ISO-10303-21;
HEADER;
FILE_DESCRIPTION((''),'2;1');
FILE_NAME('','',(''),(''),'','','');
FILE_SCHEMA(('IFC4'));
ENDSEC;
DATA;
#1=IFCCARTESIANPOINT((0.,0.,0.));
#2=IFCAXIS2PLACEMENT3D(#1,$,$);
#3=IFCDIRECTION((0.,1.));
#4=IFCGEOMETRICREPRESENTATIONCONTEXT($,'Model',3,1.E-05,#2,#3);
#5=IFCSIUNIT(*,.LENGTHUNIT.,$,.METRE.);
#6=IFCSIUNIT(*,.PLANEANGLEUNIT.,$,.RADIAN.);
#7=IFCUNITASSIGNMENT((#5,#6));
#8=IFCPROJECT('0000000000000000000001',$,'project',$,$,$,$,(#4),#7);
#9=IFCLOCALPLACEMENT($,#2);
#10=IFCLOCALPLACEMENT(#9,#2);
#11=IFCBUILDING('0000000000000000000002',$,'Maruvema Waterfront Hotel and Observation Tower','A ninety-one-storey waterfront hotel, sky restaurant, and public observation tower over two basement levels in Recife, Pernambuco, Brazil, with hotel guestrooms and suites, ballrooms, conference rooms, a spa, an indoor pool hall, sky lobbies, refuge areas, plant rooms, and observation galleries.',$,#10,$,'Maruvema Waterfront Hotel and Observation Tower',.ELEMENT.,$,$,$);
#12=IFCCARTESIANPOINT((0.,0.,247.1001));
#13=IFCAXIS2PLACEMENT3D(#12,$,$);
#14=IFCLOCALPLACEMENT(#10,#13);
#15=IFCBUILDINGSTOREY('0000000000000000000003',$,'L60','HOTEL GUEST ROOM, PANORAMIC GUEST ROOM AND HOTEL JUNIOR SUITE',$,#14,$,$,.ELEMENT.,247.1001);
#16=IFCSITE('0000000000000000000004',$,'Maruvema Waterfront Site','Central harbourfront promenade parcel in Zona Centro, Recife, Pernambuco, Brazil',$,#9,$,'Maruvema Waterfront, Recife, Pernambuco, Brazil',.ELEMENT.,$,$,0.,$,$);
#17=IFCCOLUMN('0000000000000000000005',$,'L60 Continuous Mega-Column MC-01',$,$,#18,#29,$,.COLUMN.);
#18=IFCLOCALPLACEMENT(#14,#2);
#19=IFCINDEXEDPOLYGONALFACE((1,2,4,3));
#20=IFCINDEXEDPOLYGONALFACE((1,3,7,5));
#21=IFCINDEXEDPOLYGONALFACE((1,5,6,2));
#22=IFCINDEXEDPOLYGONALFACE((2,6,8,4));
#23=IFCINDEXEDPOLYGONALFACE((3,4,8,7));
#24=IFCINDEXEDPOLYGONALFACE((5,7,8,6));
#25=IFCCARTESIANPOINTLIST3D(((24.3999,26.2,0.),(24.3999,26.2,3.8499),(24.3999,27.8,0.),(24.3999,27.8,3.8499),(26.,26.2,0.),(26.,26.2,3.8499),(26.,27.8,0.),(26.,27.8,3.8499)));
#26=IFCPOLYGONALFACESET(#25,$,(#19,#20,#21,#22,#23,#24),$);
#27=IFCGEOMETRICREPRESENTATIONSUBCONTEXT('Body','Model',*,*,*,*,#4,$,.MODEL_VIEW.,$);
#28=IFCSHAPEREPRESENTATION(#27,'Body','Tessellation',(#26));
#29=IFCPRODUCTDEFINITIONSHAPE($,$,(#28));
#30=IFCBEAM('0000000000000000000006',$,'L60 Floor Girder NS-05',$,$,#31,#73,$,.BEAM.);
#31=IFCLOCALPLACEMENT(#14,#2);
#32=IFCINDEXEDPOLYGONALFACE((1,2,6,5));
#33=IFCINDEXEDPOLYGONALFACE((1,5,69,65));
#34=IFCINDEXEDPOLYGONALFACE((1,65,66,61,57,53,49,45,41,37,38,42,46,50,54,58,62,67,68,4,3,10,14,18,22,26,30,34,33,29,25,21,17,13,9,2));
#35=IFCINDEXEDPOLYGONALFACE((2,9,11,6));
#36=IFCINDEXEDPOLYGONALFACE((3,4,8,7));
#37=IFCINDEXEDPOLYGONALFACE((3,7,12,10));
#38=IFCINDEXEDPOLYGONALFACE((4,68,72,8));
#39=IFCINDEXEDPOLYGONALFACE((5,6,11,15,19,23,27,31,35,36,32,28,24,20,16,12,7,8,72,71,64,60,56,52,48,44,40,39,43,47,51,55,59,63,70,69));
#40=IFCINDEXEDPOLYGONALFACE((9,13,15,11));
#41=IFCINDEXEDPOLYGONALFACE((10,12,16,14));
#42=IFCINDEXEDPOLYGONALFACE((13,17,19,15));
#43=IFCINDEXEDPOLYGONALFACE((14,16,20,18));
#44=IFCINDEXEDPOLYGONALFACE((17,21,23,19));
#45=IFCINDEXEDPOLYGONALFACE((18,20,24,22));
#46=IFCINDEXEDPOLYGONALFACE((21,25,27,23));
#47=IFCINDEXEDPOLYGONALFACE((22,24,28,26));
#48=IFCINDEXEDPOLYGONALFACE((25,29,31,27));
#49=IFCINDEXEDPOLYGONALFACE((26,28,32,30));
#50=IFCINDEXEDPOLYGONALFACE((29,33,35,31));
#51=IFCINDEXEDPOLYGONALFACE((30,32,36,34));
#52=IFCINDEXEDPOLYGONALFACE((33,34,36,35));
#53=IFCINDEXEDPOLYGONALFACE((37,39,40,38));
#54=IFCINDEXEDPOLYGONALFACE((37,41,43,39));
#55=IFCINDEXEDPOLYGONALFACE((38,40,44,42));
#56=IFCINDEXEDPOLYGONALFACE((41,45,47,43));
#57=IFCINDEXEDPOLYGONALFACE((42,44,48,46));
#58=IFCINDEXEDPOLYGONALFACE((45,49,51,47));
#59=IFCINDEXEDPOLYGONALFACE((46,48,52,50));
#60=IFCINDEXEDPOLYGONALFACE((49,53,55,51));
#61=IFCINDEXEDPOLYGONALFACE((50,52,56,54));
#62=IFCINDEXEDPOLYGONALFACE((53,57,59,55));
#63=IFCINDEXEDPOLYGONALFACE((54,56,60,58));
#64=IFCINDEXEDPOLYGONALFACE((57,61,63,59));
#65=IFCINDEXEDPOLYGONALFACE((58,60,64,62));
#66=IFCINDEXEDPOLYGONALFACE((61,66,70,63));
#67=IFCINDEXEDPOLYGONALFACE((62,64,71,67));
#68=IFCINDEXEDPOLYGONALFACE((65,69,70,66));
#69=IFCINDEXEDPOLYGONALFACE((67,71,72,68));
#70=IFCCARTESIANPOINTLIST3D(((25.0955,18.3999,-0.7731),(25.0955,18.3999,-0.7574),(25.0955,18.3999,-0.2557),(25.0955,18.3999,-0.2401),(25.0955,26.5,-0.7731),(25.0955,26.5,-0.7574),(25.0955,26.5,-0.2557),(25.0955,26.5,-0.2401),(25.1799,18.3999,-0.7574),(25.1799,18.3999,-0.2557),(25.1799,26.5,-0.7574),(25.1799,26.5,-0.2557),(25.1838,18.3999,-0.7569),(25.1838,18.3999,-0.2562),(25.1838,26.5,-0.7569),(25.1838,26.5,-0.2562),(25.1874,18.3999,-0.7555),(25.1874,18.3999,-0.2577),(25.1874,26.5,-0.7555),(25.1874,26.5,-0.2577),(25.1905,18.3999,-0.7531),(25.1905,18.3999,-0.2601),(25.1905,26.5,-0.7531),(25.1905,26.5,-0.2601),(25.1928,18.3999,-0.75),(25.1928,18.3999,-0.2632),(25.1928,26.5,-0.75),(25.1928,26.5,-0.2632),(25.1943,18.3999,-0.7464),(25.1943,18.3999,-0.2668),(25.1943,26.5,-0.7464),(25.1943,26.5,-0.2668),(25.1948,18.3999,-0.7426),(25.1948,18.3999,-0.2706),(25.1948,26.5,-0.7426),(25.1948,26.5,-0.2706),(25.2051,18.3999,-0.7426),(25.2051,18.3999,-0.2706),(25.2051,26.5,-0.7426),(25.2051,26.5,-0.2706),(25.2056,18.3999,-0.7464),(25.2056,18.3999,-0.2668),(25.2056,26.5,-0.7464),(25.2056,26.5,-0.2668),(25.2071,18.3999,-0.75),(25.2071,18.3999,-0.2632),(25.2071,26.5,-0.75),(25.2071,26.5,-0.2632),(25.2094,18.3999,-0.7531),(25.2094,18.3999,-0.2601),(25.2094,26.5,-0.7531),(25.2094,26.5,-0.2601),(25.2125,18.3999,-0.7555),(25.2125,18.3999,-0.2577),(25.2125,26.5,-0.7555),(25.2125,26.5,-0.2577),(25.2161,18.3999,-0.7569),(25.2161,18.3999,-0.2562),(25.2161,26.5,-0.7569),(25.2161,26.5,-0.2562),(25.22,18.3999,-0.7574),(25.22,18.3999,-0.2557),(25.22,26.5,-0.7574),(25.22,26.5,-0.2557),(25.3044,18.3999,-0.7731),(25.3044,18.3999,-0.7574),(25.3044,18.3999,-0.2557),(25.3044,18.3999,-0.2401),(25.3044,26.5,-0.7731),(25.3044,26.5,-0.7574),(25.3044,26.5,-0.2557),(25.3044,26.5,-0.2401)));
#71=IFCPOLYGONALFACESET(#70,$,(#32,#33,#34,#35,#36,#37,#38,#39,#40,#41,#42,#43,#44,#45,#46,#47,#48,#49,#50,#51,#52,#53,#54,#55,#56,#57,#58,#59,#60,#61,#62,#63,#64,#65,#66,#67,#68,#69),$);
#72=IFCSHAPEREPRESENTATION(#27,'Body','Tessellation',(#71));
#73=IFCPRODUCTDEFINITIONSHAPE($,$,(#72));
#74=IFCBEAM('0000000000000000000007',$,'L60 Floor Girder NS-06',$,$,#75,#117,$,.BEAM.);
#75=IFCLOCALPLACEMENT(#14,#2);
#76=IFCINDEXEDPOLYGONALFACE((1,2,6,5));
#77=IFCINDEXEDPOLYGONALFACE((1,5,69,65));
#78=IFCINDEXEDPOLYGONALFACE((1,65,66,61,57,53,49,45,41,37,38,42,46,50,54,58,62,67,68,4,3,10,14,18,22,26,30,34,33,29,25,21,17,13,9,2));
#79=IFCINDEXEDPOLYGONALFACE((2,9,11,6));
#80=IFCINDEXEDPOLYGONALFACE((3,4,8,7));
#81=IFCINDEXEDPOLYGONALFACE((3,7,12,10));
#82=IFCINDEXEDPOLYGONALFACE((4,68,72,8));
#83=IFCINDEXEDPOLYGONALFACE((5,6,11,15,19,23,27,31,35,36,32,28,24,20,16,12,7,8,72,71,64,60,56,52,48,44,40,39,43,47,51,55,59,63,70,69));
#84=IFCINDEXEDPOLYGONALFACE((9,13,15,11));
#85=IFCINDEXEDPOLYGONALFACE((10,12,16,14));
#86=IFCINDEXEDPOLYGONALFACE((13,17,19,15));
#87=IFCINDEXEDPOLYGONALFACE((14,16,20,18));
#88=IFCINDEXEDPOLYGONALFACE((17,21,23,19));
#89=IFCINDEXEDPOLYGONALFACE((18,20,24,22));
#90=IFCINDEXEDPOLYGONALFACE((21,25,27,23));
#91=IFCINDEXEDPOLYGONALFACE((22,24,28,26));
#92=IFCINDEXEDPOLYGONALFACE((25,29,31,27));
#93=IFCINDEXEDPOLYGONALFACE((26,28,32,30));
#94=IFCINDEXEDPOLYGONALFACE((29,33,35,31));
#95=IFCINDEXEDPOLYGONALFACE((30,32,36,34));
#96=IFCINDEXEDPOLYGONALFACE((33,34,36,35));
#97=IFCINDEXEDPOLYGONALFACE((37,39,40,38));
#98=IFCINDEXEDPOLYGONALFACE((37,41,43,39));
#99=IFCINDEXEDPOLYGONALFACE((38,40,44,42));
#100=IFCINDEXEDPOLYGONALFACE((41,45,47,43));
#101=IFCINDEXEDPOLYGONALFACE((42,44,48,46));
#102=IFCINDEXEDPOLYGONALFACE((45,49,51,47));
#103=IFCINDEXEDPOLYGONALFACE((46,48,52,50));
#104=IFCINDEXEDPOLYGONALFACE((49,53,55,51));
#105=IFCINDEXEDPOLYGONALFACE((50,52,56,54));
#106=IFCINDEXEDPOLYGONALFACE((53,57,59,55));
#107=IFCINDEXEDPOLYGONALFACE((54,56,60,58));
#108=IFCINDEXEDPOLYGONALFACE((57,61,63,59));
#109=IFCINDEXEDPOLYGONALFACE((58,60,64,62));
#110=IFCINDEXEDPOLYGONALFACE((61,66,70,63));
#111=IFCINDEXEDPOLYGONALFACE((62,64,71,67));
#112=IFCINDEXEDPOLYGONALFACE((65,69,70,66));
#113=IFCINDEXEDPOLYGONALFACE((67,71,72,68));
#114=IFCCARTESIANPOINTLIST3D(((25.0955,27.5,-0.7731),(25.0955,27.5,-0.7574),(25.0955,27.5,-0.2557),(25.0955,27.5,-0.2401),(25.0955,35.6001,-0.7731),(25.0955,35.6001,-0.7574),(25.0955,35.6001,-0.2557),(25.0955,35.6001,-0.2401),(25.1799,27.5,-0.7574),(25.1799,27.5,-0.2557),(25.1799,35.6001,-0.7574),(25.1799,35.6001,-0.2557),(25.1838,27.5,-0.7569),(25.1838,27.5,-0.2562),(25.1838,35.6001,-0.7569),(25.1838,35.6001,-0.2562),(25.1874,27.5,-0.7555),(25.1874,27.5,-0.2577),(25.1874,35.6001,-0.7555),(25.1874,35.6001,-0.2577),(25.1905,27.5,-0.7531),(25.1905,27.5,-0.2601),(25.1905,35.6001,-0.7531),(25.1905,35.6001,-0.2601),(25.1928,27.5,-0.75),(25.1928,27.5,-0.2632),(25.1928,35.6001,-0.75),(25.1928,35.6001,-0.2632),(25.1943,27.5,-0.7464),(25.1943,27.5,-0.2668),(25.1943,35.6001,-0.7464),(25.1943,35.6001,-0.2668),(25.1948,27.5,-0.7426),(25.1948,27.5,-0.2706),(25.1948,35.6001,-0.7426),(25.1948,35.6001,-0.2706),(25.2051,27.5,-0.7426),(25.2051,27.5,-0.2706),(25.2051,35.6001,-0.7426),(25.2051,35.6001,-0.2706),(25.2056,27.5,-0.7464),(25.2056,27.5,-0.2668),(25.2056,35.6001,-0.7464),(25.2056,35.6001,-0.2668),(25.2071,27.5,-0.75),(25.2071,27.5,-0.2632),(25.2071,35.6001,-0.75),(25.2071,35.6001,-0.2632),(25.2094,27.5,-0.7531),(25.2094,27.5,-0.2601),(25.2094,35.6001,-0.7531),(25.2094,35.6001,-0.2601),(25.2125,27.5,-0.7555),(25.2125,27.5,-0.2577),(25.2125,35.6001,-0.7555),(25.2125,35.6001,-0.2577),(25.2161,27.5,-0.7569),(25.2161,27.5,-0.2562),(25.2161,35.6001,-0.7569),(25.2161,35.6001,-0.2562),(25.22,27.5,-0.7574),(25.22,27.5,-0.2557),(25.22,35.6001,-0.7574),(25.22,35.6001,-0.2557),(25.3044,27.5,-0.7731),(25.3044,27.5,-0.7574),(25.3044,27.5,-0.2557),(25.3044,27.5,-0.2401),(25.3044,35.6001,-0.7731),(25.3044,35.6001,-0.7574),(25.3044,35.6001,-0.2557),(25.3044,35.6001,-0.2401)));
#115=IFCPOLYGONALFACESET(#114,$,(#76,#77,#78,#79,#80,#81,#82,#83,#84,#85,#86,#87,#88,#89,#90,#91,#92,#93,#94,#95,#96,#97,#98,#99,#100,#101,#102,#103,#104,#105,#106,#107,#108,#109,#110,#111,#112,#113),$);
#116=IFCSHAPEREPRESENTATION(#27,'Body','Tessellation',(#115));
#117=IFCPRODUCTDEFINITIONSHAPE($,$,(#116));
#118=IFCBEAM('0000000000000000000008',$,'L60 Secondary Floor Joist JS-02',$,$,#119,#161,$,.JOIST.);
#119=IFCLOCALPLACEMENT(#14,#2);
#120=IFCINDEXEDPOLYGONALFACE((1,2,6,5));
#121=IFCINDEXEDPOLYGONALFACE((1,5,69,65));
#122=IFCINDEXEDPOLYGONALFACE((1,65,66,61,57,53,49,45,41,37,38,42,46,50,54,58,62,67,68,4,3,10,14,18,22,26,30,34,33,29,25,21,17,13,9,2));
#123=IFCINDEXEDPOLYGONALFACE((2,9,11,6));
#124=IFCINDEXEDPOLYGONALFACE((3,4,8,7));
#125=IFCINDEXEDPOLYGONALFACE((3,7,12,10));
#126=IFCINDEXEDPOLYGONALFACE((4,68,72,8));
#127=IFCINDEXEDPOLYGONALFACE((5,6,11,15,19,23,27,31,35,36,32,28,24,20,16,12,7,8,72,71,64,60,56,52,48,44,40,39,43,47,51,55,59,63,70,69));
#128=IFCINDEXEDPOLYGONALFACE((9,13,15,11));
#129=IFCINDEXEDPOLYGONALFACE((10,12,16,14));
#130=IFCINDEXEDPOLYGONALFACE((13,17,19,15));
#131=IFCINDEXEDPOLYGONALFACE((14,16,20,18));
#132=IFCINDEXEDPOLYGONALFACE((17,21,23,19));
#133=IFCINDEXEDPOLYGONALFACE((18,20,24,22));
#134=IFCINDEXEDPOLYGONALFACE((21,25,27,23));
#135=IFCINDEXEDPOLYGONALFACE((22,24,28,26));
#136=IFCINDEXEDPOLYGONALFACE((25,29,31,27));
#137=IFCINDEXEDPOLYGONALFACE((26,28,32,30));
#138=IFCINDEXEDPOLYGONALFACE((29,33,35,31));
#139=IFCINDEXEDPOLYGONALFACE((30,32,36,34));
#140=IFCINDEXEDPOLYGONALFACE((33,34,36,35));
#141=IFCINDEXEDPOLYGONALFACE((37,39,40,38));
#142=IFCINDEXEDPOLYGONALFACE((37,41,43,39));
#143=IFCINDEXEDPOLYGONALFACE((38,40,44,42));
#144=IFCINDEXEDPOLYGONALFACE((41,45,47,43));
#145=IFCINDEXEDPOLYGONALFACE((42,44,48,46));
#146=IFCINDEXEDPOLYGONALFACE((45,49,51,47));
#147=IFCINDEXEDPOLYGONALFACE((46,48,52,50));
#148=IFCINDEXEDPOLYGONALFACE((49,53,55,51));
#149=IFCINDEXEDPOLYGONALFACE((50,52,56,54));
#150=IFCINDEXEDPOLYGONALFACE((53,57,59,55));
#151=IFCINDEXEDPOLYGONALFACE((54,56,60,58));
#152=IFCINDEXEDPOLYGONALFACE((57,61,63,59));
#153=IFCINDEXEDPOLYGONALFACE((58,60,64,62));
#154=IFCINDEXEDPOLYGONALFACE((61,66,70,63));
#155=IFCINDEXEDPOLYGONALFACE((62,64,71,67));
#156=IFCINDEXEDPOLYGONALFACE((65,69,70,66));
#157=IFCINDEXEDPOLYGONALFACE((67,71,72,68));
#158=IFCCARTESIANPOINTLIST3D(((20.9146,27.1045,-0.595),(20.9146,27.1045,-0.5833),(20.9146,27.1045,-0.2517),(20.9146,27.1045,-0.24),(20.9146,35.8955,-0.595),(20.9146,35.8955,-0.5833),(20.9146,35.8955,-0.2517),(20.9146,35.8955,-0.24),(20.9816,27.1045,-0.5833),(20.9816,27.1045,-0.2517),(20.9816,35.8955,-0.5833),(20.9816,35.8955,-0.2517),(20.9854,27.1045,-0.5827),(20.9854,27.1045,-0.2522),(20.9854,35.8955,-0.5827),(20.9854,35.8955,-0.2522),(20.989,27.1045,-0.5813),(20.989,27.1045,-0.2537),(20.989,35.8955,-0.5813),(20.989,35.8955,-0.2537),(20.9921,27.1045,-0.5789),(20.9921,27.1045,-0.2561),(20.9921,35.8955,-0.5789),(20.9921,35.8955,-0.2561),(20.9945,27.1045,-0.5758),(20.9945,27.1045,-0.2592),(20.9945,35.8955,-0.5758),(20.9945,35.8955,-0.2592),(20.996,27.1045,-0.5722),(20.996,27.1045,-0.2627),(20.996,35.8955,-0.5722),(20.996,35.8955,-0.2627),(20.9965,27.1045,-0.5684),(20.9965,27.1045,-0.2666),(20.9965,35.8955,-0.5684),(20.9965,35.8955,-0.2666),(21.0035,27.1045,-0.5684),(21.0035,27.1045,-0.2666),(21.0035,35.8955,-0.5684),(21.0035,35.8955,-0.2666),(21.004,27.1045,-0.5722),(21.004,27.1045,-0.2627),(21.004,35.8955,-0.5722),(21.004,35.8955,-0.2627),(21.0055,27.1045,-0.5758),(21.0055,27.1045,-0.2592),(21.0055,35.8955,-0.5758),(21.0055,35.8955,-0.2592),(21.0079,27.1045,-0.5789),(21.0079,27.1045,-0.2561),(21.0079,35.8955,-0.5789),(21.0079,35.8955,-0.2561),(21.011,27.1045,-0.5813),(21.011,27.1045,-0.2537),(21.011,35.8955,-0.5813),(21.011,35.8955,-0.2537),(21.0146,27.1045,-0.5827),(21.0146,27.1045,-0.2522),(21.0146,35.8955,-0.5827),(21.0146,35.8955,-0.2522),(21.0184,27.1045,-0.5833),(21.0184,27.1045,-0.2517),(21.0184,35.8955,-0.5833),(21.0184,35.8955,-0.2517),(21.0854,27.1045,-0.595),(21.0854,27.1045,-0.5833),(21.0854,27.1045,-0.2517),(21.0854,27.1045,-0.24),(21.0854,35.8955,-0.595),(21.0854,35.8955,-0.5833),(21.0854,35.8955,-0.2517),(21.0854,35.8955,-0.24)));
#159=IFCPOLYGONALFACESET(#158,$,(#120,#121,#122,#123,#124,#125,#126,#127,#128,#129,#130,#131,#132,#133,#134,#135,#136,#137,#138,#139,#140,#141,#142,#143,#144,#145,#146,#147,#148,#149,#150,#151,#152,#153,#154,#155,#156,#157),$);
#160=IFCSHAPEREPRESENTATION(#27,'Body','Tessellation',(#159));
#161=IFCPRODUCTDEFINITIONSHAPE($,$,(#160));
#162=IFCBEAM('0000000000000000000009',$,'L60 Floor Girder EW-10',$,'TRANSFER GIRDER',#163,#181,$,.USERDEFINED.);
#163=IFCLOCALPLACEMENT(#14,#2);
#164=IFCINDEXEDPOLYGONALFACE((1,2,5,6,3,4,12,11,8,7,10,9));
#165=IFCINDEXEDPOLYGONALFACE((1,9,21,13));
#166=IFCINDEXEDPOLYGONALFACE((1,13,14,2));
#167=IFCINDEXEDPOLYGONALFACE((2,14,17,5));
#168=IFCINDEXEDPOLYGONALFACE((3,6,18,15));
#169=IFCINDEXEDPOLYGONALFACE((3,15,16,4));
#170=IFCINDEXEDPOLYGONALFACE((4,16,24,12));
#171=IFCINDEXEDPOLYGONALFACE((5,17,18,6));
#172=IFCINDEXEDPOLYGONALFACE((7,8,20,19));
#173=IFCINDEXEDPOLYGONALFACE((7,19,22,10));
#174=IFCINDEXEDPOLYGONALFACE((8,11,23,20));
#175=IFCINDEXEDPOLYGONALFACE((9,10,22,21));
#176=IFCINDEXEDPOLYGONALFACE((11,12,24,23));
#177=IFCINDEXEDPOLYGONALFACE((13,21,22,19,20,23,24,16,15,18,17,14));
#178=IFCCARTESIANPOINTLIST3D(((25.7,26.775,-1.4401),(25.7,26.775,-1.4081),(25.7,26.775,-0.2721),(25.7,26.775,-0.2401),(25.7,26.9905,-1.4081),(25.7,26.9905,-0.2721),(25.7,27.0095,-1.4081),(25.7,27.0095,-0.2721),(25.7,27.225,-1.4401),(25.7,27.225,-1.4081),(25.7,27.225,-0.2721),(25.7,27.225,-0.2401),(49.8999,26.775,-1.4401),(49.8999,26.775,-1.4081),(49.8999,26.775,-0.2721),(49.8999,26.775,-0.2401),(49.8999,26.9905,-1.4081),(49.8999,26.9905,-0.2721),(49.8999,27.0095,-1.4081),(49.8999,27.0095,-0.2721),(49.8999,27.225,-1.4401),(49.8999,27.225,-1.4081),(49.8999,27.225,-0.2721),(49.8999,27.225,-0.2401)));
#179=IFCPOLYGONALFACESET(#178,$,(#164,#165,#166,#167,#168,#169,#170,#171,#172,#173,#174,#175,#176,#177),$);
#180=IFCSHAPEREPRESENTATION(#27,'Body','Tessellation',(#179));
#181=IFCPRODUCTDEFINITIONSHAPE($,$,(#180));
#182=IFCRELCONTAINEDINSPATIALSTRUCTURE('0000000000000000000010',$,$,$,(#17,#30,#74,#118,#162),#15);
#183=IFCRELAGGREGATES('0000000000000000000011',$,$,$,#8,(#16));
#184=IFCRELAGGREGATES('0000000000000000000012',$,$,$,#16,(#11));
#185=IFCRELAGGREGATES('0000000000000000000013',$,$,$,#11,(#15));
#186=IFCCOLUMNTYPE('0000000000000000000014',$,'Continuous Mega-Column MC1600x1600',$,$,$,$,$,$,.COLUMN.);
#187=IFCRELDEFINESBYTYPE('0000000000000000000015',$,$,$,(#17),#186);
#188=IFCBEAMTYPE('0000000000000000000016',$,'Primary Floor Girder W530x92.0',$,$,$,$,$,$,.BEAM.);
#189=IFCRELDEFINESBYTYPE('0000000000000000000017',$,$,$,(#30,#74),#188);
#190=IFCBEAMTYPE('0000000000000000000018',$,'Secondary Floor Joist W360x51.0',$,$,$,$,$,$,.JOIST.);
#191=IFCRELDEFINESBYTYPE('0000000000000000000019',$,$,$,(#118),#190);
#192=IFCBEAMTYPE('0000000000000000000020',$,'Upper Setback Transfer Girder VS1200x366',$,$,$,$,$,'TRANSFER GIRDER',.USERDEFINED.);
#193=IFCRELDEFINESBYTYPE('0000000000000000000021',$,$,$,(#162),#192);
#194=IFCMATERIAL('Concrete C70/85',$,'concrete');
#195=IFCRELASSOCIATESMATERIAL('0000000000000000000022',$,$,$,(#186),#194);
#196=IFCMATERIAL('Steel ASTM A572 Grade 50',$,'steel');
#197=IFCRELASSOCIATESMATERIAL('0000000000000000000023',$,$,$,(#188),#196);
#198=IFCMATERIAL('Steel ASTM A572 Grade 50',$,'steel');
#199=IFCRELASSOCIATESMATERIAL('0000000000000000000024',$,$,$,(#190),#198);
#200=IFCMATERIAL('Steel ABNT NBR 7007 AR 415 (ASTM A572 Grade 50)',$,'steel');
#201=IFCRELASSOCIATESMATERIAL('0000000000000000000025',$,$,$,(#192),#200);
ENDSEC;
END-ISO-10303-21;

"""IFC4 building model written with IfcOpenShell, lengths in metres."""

from ifc_helpers import new_model, si_unit, direction, frame, origin, origin_2d, place, context, subcontext, project, spatial, rectangle, i_section, extrude, material, material_profile, profile_set, type_object, element, save


model = new_model("IFC4")

# Units and contexts
model_context = context("Model", 3, precision=1e-05, world=origin(), true_north=direction((0.0, 1.0)))
body_context = subcontext(model_context, "Body", "Model", "MODEL_VIEW")
ifc_project = project(units=[si_unit("LENGTHUNIT", "METRE"), si_unit("PLANEANGLEUNIT", "RADIAN")], contexts=[model_context])

# Site, building, storey
site_placement = place(None, origin())
site = spatial("IfcSite", under=ifc_project, at=site_placement, Name="Maruvema Waterfront Site", Description="Central harbourfront promenade parcel in Zona Centro, Recife, Pernambuco, Brazil", LongName="Maruvema Waterfront, Recife, Pernambuco, Brazil", CompositionType="ELEMENT", RefElevation=0.0)
building_placement = place(site_placement, origin())
building = spatial("IfcBuilding", under=site, at=building_placement, Name="Maruvema Waterfront Hotel and Observation Tower", Description="A ninety-one-storey waterfront hotel, sky restaurant, and public observation tower over two basement levels in Recife, Pernambuco, Brazil, with hotel guestrooms and suites, ballrooms, conference rooms, a spa, an indoor pool hall, sky lobbies, refuge areas, plant rooms, and observation galleries.", LongName="Maruvema Waterfront Hotel and Observation Tower", CompositionType="ELEMENT")
storey_placement = place(building_placement, frame((0.0, 0.0, 247.1001)))
storey = spatial("IfcBuildingStorey", under=building, at=storey_placement, Name="L60", Description="HOTEL GUEST ROOM, PANORAMIC GUEST ROOM AND HOTEL JUNIOR SUITE", CompositionType="ELEMENT", Elevation=247.1001)

# Column
ifc_material_1 = material(Name="Concrete C70/85", Category="concrete")
ifc_material_profile_1 = material_profile(ifc_material_1, rectangle(XDim=1.6001, YDim=1.6001, at=origin_2d()), Name="MC1600x1600")
ifc_profile_set_1 = profile_set([ifc_material_profile_1], Name="Concrete C70/85")
column_type = type_object("IfcColumnType", Name="Continuous Mega-Column MC1600x1600", PredefinedType="COLUMN", material=ifc_profile_set_1)
column_placement = place(storey_placement, frame((25.2, 27.0, 0.0), z_axis=(0.0, 0.0, 1.0), x_axis=(1.0, 0.0, 0.0)))
element("IfcColumn", 1, at=column_placement, inside=storey, type_object=column_type, Name="L60 Continuous Mega-Column MC-01", PredefinedType="COLUMN", context=body_context, shape_type="SweptSolid", body=[
    extrude(rectangle(XDim=1.6001, YDim=1.6001, at=origin_2d()), origin(), (0.0, 0.0, 1.0), 3.8499),
])

# Beams
ifc_material_2 = material(Name="Steel ASTM A572 Grade 50", Category="steel")
ifc_material_profile_2 = material_profile(ifc_material_2, i_section(OverallWidth=0.209, OverallDepth=0.533, WebThickness=0.0103, FlangeThickness=0.0156, FilletRadius=0.0149, at=origin_2d()), Name="W530x92.0")
ifc_profile_set_2 = profile_set([ifc_material_profile_2], Name="Steel ASTM A572 Grade 50")
beam_type_1 = type_object("IfcBeamType", Name="Primary Floor Girder W530x92.0", PredefinedType="BEAM", material=ifc_profile_set_2)
for number, where, z_axis, x_axis, name in (
    (2, (25.2, 18.3999, -0.5066), (0.0, 1.0, 0.0), (-1.0, 0.0, 0.0), "L60 Floor Girder NS-05"),
    (3, (25.2, 27.5, -0.5066), (0.0, 1.0, 0.0), (-1.0, 0.0, 0.0), "L60 Floor Girder NS-06"),
):
    element("IfcBeam", number, at=place(storey_placement, frame(where, z_axis=z_axis, x_axis=x_axis)), inside=storey, type_object=beam_type_1, Name=name, PredefinedType="BEAM", context=body_context, shape_type="SweptSolid", body=[
        extrude(i_section(OverallWidth=0.209, OverallDepth=0.533, WebThickness=0.0103, FlangeThickness=0.0156, FilletRadius=0.0149, at=origin_2d()), origin(), (0.0, 0.0, 1.0), 8.1001),
    ])
ifc_material_3 = material(Name="Steel ASTM A572 Grade 50", Category="steel")
ifc_material_profile_3 = material_profile(ifc_material_3, i_section(OverallWidth=0.1709, OverallDepth=0.355, WebThickness=0.0071, FlangeThickness=0.0117, FilletRadius=0.0149, at=origin_2d()), Name="W360x51.0")
ifc_profile_set_3 = profile_set([ifc_material_profile_3], Name="Steel ASTM A572 Grade 50")
beam_type_2 = type_object("IfcBeamType", Name="Secondary Floor Joist W360x51.0", PredefinedType="JOIST", material=ifc_profile_set_3)
beam_1_placement = place(storey_placement, frame((21.0, 27.1045, -0.4175), z_axis=(0.0, 1.0, 0.0), x_axis=(-1.0, 0.0, 0.0)))
element("IfcBeam", 4, at=beam_1_placement, inside=storey, type_object=beam_type_2, Name="L60 Secondary Floor Joist JS-02", PredefinedType="JOIST", context=body_context, shape_type="SweptSolid", body=[
    extrude(i_section(OverallWidth=0.1709, OverallDepth=0.355, WebThickness=0.0071, FlangeThickness=0.0117, FilletRadius=0.0149, at=origin_2d()), origin(), (0.0, 0.0, 1.0), 8.791),
])
ifc_material_4 = material(Name="Steel ABNT NBR 7007 AR 415 (ASTM A572 Grade 50)", Category="steel")
ifc_material_profile_4 = material_profile(ifc_material_4, i_section(OverallWidth=0.45, OverallDepth=1.2, WebThickness=0.019, FlangeThickness=0.032, at=origin_2d()), Name="VS1200x366")
ifc_profile_set_4 = profile_set([ifc_material_profile_4], Name="Steel ABNT NBR 7007 AR 415 (ASTM A572 Grade 50)")
beam_type_3 = type_object("IfcBeamType", Name="Upper Setback Transfer Girder VS1200x366", ElementType="TRANSFER GIRDER", PredefinedType="USERDEFINED", material=ifc_profile_set_4)
beam_2_placement = place(storey_placement, frame((25.7, 27.0, -0.8401), z_axis=(1.0, 0.0, 0.0), x_axis=(0.0, 1.0, 0.0)))
element("IfcBeam", 5, at=beam_2_placement, inside=storey, type_object=beam_type_3, Name="L60 Floor Girder EW-10", ObjectType="TRANSFER GIRDER", PredefinedType="USERDEFINED", context=body_context, shape_type="SweptSolid", body=[
    extrude(i_section(OverallWidth=0.45, OverallDepth=1.2, WebThickness=0.019, FlangeThickness=0.032, at=origin_2d()), origin(), (0.0, 0.0, 1.0), 24.2),
])

save(model, "model.ifc")
